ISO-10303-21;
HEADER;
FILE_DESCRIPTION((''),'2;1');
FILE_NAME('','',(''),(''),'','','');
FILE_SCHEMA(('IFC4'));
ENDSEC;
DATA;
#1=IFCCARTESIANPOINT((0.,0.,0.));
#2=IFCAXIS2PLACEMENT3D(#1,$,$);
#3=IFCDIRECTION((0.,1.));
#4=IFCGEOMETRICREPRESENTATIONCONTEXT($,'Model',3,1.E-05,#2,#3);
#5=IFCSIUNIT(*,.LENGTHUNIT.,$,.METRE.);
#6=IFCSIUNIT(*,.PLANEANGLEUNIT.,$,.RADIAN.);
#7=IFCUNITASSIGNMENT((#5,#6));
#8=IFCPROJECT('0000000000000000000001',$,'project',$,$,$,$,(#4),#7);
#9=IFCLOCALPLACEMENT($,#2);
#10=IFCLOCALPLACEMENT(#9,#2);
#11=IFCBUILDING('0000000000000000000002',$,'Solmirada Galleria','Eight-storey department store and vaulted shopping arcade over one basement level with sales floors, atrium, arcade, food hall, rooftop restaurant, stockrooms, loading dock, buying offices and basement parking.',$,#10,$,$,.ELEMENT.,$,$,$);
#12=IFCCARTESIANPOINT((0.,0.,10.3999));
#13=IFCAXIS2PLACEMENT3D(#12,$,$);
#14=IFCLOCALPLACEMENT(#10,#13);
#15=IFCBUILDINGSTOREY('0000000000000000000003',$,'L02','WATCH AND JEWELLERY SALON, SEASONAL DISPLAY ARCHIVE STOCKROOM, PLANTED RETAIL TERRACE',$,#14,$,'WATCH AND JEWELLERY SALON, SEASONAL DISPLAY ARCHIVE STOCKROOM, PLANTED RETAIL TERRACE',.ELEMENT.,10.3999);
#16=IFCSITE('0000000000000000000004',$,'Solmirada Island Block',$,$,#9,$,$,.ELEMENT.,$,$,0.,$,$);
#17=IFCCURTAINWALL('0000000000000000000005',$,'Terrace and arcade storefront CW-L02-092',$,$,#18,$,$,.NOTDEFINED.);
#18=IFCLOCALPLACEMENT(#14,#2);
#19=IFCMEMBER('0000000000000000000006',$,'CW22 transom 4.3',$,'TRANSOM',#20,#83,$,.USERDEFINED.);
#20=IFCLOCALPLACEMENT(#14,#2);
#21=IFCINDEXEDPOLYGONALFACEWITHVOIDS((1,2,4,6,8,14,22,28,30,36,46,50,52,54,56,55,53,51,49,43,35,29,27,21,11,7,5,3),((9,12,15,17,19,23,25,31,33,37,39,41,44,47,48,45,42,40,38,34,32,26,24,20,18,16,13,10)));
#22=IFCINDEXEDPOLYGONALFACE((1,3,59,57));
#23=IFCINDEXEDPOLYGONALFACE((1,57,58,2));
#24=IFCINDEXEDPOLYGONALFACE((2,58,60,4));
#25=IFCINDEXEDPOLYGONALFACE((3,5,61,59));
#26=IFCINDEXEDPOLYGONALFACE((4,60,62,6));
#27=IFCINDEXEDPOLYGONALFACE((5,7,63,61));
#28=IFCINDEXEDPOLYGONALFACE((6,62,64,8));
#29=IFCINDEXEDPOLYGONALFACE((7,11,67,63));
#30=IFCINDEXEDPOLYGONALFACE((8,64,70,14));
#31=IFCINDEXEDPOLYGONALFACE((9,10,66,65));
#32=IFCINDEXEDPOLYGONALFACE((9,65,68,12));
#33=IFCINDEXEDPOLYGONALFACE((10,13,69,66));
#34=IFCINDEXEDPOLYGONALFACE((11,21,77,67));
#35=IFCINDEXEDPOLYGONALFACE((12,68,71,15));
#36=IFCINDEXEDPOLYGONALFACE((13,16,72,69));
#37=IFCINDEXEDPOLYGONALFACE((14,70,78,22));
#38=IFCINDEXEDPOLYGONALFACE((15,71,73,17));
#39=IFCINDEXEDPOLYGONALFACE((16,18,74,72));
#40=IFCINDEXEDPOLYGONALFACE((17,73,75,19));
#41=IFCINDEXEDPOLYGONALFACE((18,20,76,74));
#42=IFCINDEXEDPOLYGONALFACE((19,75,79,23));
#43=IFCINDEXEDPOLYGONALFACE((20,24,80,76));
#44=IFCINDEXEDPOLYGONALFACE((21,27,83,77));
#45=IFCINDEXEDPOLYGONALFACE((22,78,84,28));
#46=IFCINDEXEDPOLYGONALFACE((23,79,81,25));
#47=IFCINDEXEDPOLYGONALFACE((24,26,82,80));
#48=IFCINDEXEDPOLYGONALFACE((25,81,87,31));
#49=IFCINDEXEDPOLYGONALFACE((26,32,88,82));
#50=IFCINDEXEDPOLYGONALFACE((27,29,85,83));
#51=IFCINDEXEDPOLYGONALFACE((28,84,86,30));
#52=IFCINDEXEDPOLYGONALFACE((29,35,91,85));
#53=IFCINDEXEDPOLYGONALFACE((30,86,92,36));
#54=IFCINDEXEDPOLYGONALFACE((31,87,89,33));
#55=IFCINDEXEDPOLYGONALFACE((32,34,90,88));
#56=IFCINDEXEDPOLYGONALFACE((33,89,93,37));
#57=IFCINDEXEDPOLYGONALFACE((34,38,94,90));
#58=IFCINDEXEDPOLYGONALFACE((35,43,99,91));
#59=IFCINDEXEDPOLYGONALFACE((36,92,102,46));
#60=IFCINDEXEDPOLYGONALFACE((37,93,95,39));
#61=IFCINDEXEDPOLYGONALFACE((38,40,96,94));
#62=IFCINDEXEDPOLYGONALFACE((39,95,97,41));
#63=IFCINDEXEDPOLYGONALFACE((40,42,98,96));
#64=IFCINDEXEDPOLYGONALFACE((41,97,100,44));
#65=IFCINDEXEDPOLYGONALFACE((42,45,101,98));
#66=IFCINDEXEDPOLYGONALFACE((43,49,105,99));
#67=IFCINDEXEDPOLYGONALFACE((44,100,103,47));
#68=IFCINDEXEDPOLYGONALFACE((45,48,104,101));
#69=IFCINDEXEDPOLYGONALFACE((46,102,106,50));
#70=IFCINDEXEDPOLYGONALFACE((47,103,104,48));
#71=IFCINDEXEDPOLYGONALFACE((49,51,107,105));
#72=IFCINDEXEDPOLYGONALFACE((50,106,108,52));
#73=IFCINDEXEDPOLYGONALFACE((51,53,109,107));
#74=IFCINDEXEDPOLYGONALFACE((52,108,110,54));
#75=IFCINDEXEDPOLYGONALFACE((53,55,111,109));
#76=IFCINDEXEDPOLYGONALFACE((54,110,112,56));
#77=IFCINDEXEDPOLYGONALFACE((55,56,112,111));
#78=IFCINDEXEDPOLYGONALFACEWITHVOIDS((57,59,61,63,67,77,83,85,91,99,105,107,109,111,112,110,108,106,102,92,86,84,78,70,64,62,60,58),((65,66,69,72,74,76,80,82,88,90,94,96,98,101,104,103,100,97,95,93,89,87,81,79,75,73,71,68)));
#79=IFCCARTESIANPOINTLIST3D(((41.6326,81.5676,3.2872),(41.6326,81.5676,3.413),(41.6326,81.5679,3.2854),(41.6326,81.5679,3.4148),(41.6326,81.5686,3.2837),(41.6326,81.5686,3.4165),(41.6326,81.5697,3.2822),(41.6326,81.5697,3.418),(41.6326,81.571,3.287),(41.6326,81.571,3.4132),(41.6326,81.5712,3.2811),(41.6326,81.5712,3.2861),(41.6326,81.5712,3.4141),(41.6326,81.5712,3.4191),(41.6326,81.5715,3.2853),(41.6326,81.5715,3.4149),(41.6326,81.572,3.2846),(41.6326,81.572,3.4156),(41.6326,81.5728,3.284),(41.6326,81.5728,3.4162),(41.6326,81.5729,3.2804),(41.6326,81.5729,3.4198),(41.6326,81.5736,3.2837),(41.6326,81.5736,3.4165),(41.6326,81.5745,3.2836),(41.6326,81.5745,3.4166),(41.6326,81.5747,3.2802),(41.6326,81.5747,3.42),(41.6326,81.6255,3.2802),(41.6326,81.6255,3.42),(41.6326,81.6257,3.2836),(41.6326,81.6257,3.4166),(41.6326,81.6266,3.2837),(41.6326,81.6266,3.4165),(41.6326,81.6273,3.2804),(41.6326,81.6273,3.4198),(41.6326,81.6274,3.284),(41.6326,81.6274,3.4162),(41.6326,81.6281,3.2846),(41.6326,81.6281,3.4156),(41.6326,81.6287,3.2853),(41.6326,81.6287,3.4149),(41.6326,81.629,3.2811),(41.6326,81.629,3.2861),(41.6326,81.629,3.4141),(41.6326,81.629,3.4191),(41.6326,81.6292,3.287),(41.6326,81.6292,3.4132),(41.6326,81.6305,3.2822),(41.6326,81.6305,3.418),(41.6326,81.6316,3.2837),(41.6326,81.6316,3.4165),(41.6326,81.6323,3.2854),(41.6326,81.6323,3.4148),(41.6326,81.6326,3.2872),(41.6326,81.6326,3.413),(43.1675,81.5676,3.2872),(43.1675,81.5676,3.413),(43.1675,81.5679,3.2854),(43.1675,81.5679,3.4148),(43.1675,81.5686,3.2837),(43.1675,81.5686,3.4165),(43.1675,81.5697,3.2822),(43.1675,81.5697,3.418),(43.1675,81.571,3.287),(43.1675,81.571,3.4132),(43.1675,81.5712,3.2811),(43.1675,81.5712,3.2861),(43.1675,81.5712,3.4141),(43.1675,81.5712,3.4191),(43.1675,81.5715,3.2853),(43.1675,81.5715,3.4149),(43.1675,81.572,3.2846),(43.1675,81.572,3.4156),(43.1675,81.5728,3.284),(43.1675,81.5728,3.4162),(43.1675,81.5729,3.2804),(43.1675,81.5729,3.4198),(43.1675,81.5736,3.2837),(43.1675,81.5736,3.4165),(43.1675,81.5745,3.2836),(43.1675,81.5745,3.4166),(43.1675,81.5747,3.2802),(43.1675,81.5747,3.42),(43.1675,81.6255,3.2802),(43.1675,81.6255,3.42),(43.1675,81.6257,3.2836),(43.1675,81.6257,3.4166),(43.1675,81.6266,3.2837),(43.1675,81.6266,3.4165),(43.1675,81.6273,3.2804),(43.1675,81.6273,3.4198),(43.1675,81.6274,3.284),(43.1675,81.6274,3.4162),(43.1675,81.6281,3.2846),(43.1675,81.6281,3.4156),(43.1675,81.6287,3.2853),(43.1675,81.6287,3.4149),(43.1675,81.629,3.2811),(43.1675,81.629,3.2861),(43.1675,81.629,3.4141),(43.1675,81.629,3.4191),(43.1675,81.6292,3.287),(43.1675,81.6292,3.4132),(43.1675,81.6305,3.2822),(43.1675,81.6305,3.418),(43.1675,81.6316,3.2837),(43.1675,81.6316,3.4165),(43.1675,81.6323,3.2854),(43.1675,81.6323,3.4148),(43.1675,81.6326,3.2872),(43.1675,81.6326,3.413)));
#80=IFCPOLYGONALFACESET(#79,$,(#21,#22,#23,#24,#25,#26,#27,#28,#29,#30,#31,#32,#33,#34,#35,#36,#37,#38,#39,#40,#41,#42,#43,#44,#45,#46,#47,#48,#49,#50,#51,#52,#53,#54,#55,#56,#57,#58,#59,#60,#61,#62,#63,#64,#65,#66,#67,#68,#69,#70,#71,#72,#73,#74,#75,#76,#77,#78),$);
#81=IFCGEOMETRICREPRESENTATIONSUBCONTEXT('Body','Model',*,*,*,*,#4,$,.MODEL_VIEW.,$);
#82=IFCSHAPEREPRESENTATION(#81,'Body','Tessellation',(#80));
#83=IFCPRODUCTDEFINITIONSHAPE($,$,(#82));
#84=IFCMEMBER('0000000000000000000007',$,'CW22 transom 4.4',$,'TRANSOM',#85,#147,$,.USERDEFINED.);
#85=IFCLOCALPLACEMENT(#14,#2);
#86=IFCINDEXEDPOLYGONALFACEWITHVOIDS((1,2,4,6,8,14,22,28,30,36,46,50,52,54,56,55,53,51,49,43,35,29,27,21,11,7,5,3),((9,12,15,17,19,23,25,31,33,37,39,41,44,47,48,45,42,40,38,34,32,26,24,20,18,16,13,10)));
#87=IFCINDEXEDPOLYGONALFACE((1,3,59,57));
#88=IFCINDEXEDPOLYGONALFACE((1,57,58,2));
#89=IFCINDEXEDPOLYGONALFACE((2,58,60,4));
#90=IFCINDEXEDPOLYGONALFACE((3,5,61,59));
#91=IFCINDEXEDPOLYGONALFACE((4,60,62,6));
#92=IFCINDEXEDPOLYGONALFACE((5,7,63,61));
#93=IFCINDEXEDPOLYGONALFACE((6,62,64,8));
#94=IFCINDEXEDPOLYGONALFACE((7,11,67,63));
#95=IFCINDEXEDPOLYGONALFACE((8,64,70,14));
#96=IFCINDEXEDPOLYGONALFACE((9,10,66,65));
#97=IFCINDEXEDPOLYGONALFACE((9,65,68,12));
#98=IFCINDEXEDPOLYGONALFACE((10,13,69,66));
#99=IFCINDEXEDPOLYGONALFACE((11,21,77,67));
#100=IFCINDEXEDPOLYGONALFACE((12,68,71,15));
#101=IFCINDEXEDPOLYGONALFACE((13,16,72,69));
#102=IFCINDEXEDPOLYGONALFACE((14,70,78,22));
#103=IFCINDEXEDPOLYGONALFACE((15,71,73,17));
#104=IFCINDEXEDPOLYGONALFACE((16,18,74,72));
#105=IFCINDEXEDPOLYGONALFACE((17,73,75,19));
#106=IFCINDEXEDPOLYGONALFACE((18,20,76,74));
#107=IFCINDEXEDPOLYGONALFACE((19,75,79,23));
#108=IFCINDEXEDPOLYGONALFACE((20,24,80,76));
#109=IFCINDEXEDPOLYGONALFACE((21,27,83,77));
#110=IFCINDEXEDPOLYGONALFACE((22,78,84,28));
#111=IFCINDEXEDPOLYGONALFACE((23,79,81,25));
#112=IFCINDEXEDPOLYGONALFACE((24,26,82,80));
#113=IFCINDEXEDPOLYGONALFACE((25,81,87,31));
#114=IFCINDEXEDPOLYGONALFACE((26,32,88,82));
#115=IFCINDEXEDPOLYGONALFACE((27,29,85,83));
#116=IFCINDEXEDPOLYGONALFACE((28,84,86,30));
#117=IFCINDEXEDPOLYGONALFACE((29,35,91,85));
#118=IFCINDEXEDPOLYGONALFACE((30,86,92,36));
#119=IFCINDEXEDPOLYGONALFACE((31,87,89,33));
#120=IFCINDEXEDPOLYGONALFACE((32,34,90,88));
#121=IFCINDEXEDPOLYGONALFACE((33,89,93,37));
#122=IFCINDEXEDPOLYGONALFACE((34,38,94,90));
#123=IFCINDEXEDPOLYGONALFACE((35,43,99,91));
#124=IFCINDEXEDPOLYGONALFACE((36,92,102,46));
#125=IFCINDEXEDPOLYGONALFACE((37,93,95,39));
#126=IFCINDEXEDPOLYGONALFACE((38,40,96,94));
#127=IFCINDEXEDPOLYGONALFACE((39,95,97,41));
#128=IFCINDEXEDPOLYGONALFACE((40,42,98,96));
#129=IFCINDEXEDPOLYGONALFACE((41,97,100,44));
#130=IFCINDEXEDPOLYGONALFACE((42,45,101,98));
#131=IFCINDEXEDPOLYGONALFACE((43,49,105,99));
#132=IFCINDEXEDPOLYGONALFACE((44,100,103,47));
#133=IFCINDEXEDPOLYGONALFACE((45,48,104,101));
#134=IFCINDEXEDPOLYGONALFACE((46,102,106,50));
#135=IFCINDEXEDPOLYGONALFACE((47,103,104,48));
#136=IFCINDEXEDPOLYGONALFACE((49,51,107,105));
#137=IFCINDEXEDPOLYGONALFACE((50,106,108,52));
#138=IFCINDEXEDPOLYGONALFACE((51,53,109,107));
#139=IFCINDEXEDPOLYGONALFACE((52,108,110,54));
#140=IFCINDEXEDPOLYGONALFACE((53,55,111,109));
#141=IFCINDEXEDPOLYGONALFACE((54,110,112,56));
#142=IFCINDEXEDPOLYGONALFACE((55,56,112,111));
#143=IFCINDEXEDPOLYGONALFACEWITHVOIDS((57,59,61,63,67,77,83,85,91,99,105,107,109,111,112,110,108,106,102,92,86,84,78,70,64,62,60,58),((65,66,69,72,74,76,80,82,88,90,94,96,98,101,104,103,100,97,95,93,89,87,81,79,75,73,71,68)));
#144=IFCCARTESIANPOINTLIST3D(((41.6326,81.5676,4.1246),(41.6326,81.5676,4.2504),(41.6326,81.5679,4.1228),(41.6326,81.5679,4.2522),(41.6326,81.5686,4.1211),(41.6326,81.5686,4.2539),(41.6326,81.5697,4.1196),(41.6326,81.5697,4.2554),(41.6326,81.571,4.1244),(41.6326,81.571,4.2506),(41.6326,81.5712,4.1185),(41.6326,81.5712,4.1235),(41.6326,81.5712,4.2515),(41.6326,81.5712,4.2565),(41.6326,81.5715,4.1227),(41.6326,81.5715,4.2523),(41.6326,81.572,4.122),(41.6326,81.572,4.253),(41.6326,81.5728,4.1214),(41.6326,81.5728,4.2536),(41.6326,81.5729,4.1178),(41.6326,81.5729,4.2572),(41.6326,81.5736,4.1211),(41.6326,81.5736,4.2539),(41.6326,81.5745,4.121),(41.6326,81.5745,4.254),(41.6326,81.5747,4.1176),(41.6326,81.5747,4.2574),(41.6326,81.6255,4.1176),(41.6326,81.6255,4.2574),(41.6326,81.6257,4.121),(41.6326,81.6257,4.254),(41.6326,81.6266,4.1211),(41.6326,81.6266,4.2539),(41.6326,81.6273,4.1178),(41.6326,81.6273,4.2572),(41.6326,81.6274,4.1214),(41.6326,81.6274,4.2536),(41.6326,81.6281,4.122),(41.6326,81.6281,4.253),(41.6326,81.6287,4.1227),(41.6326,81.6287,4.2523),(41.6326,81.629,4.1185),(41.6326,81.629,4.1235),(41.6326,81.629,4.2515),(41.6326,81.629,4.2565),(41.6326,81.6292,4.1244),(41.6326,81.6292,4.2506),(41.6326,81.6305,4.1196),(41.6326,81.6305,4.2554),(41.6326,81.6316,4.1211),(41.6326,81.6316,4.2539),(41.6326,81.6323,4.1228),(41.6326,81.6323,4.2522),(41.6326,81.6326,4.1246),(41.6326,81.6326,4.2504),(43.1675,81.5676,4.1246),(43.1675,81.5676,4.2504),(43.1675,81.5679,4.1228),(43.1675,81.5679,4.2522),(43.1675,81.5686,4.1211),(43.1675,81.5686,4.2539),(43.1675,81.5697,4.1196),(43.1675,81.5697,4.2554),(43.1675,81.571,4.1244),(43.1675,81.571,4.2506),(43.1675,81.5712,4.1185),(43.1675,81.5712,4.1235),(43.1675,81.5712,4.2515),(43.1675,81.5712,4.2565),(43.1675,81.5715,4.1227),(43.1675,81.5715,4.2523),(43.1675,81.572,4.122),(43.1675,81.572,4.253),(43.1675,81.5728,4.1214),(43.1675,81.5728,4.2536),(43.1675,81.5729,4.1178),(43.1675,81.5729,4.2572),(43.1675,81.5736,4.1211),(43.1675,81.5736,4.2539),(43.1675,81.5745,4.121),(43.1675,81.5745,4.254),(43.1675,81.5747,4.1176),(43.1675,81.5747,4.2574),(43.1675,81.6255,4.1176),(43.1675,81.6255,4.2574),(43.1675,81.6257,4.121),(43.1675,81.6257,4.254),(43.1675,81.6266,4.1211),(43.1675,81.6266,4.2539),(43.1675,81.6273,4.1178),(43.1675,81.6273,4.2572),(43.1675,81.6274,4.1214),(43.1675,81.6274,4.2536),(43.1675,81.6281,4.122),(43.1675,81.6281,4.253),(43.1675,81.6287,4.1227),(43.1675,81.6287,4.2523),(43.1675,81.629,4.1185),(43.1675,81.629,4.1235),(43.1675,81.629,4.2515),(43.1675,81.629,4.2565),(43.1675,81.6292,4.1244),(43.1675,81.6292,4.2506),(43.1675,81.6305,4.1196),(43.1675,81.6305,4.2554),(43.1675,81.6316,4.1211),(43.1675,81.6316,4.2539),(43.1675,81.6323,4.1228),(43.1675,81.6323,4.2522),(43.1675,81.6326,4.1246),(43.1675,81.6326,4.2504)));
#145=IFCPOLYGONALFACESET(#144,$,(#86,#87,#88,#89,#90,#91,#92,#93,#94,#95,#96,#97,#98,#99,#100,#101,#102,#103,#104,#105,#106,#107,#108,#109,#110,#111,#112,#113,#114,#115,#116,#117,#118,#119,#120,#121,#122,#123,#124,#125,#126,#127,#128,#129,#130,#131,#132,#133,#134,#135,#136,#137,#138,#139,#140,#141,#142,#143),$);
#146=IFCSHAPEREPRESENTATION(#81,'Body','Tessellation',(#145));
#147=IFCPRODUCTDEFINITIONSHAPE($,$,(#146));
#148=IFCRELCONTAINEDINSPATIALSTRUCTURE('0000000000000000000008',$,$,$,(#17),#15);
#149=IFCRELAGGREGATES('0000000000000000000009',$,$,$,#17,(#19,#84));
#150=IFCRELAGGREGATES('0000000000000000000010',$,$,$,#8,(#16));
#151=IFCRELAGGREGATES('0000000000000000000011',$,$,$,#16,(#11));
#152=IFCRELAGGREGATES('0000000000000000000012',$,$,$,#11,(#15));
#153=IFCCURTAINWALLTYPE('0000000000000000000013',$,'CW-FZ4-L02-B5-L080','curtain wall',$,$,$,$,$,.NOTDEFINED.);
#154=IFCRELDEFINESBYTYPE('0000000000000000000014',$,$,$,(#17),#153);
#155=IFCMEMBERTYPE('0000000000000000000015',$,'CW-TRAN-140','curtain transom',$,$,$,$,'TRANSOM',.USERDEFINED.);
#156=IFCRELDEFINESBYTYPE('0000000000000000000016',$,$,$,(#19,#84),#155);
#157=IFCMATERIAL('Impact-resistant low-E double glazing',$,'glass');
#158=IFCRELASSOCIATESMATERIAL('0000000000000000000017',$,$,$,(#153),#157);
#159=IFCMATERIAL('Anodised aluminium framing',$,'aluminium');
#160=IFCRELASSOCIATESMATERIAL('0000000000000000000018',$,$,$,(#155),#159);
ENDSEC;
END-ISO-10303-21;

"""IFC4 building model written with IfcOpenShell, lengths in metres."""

from ifc_helpers import new_model, si_unit, direction, frame, origin, origin_2d, place, context, subcontext, project, spatial, hollow_rectangle, extrude, material, material_profile, profile_set, type_object, element, aggregate, save


model = new_model("IFC4")

# Units and contexts
model_context = context("Model", 3, precision=1e-05, world=origin(), true_north=direction((0.0, 1.0)))
body_context = subcontext(model_context, "Body", "Model", "MODEL_VIEW")
ifc_project = project(units=[si_unit("LENGTHUNIT", "METRE"), si_unit("PLANEANGLEUNIT", "RADIAN")], contexts=[model_context])

# Site, building, storey
site_placement = place(None, origin())
site = spatial("IfcSite", under=ifc_project, at=site_placement, Name="Solmirada Island Block", CompositionType="ELEMENT", RefElevation=0.0)
building_placement = place(site_placement, origin())
building = spatial("IfcBuilding", under=site, at=building_placement, Name="Solmirada Galleria", Description="Eight-storey department store and vaulted shopping arcade over one basement level with sales floors, atrium, arcade, food hall, rooftop restaurant, stockrooms, loading dock, buying offices and basement parking.", CompositionType="ELEMENT")
storey_placement = place(building_placement, frame((0.0, 0.0, 10.3999)))
storey = spatial("IfcBuildingStorey", under=building, at=storey_placement, Name="L02", Description="WATCH AND JEWELLERY SALON, SEASONAL DISPLAY ARCHIVE STOCKROOM, PLANTED RETAIL TERRACE", LongName="WATCH AND JEWELLERY SALON, SEASONAL DISPLAY ARCHIVE STOCKROOM, PLANTED RETAIL TERRACE", CompositionType="ELEMENT", Elevation=10.3999)

# Curtain wall, members
ifc_material_1 = material(Name="Impact-resistant low-E double glazing", Category="glass")
curtain_wall_type = type_object("IfcCurtainWallType", Name="CW-FZ4-L02-B5-L080", Description="curtain wall", PredefinedType="NOTDEFINED", material=ifc_material_1)
curtain_wall_placement = place(storey_placement, origin())
curtain_wall = element("IfcCurtainWall", 1, at=curtain_wall_placement, inside=storey, type_object=curtain_wall_type, Name="Terrace and arcade storefront CW-L02-092", PredefinedType="NOTDEFINED")
ifc_material_2 = material(Name="Anodised aluminium framing", Category="aluminium")
ifc_material_profile_1 = material_profile(ifc_material_2, hollow_rectangle(XDim=0.0649, YDim=0.1399, WallThickness=0.0034, InnerFilletRadius=0.0034, OuterFilletRadius=0.0071, at=origin_2d()), Name="ALU-TRAN-140X65")
ifc_profile_set_1 = profile_set([ifc_material_profile_1], Name="Anodised aluminium framing")
member_type_1 = type_object("IfcMemberType", Name="CW-TRAN-140", Description="curtain transom", ElementType="TRANSOM", PredefinedType="USERDEFINED", material=ifc_profile_set_1)
member_1_placement = place(storey_placement, frame((43.1675, 81.6001, 3.3501), z_axis=(-1.0, 0.0, 0.0), x_axis=(0.0, -1.0, 0.0)))
member_1 = element("IfcMember", 2, at=member_1_placement, type_object=member_type_1, Name="CW22 transom 4.3", ObjectType="TRANSOM", PredefinedType="USERDEFINED", context=body_context, shape_type="SweptSolid", body=[
    extrude(hollow_rectangle(XDim=0.0649, YDim=0.1399, WallThickness=0.0034, InnerFilletRadius=0.0034, OuterFilletRadius=0.0071, at=origin_2d()), origin(), (0.0, 0.0, 1.0), 1.5349),
])
member_2_placement = place(storey_placement, frame((43.1675, 81.6001, 4.1875), z_axis=(-1.0, 0.0, 0.0), x_axis=(0.0, -1.0, 0.0)))
member_2 = element("IfcMember", 3, at=member_2_placement, type_object=member_type_1, Name="CW22 transom 4.4", ObjectType="TRANSOM", PredefinedType="USERDEFINED", context=body_context, shape_type="SweptSolid", body=[
    extrude(hollow_rectangle(XDim=0.0649, YDim=0.1399, WallThickness=0.0034, InnerFilletRadius=0.0034, OuterFilletRadius=0.0071, at=origin_2d()), origin(), (0.0, 0.0, 1.0), 1.5349),
])
aggregate(curtain_wall, [member_1, member_2])

save(model, "model.ifc")
